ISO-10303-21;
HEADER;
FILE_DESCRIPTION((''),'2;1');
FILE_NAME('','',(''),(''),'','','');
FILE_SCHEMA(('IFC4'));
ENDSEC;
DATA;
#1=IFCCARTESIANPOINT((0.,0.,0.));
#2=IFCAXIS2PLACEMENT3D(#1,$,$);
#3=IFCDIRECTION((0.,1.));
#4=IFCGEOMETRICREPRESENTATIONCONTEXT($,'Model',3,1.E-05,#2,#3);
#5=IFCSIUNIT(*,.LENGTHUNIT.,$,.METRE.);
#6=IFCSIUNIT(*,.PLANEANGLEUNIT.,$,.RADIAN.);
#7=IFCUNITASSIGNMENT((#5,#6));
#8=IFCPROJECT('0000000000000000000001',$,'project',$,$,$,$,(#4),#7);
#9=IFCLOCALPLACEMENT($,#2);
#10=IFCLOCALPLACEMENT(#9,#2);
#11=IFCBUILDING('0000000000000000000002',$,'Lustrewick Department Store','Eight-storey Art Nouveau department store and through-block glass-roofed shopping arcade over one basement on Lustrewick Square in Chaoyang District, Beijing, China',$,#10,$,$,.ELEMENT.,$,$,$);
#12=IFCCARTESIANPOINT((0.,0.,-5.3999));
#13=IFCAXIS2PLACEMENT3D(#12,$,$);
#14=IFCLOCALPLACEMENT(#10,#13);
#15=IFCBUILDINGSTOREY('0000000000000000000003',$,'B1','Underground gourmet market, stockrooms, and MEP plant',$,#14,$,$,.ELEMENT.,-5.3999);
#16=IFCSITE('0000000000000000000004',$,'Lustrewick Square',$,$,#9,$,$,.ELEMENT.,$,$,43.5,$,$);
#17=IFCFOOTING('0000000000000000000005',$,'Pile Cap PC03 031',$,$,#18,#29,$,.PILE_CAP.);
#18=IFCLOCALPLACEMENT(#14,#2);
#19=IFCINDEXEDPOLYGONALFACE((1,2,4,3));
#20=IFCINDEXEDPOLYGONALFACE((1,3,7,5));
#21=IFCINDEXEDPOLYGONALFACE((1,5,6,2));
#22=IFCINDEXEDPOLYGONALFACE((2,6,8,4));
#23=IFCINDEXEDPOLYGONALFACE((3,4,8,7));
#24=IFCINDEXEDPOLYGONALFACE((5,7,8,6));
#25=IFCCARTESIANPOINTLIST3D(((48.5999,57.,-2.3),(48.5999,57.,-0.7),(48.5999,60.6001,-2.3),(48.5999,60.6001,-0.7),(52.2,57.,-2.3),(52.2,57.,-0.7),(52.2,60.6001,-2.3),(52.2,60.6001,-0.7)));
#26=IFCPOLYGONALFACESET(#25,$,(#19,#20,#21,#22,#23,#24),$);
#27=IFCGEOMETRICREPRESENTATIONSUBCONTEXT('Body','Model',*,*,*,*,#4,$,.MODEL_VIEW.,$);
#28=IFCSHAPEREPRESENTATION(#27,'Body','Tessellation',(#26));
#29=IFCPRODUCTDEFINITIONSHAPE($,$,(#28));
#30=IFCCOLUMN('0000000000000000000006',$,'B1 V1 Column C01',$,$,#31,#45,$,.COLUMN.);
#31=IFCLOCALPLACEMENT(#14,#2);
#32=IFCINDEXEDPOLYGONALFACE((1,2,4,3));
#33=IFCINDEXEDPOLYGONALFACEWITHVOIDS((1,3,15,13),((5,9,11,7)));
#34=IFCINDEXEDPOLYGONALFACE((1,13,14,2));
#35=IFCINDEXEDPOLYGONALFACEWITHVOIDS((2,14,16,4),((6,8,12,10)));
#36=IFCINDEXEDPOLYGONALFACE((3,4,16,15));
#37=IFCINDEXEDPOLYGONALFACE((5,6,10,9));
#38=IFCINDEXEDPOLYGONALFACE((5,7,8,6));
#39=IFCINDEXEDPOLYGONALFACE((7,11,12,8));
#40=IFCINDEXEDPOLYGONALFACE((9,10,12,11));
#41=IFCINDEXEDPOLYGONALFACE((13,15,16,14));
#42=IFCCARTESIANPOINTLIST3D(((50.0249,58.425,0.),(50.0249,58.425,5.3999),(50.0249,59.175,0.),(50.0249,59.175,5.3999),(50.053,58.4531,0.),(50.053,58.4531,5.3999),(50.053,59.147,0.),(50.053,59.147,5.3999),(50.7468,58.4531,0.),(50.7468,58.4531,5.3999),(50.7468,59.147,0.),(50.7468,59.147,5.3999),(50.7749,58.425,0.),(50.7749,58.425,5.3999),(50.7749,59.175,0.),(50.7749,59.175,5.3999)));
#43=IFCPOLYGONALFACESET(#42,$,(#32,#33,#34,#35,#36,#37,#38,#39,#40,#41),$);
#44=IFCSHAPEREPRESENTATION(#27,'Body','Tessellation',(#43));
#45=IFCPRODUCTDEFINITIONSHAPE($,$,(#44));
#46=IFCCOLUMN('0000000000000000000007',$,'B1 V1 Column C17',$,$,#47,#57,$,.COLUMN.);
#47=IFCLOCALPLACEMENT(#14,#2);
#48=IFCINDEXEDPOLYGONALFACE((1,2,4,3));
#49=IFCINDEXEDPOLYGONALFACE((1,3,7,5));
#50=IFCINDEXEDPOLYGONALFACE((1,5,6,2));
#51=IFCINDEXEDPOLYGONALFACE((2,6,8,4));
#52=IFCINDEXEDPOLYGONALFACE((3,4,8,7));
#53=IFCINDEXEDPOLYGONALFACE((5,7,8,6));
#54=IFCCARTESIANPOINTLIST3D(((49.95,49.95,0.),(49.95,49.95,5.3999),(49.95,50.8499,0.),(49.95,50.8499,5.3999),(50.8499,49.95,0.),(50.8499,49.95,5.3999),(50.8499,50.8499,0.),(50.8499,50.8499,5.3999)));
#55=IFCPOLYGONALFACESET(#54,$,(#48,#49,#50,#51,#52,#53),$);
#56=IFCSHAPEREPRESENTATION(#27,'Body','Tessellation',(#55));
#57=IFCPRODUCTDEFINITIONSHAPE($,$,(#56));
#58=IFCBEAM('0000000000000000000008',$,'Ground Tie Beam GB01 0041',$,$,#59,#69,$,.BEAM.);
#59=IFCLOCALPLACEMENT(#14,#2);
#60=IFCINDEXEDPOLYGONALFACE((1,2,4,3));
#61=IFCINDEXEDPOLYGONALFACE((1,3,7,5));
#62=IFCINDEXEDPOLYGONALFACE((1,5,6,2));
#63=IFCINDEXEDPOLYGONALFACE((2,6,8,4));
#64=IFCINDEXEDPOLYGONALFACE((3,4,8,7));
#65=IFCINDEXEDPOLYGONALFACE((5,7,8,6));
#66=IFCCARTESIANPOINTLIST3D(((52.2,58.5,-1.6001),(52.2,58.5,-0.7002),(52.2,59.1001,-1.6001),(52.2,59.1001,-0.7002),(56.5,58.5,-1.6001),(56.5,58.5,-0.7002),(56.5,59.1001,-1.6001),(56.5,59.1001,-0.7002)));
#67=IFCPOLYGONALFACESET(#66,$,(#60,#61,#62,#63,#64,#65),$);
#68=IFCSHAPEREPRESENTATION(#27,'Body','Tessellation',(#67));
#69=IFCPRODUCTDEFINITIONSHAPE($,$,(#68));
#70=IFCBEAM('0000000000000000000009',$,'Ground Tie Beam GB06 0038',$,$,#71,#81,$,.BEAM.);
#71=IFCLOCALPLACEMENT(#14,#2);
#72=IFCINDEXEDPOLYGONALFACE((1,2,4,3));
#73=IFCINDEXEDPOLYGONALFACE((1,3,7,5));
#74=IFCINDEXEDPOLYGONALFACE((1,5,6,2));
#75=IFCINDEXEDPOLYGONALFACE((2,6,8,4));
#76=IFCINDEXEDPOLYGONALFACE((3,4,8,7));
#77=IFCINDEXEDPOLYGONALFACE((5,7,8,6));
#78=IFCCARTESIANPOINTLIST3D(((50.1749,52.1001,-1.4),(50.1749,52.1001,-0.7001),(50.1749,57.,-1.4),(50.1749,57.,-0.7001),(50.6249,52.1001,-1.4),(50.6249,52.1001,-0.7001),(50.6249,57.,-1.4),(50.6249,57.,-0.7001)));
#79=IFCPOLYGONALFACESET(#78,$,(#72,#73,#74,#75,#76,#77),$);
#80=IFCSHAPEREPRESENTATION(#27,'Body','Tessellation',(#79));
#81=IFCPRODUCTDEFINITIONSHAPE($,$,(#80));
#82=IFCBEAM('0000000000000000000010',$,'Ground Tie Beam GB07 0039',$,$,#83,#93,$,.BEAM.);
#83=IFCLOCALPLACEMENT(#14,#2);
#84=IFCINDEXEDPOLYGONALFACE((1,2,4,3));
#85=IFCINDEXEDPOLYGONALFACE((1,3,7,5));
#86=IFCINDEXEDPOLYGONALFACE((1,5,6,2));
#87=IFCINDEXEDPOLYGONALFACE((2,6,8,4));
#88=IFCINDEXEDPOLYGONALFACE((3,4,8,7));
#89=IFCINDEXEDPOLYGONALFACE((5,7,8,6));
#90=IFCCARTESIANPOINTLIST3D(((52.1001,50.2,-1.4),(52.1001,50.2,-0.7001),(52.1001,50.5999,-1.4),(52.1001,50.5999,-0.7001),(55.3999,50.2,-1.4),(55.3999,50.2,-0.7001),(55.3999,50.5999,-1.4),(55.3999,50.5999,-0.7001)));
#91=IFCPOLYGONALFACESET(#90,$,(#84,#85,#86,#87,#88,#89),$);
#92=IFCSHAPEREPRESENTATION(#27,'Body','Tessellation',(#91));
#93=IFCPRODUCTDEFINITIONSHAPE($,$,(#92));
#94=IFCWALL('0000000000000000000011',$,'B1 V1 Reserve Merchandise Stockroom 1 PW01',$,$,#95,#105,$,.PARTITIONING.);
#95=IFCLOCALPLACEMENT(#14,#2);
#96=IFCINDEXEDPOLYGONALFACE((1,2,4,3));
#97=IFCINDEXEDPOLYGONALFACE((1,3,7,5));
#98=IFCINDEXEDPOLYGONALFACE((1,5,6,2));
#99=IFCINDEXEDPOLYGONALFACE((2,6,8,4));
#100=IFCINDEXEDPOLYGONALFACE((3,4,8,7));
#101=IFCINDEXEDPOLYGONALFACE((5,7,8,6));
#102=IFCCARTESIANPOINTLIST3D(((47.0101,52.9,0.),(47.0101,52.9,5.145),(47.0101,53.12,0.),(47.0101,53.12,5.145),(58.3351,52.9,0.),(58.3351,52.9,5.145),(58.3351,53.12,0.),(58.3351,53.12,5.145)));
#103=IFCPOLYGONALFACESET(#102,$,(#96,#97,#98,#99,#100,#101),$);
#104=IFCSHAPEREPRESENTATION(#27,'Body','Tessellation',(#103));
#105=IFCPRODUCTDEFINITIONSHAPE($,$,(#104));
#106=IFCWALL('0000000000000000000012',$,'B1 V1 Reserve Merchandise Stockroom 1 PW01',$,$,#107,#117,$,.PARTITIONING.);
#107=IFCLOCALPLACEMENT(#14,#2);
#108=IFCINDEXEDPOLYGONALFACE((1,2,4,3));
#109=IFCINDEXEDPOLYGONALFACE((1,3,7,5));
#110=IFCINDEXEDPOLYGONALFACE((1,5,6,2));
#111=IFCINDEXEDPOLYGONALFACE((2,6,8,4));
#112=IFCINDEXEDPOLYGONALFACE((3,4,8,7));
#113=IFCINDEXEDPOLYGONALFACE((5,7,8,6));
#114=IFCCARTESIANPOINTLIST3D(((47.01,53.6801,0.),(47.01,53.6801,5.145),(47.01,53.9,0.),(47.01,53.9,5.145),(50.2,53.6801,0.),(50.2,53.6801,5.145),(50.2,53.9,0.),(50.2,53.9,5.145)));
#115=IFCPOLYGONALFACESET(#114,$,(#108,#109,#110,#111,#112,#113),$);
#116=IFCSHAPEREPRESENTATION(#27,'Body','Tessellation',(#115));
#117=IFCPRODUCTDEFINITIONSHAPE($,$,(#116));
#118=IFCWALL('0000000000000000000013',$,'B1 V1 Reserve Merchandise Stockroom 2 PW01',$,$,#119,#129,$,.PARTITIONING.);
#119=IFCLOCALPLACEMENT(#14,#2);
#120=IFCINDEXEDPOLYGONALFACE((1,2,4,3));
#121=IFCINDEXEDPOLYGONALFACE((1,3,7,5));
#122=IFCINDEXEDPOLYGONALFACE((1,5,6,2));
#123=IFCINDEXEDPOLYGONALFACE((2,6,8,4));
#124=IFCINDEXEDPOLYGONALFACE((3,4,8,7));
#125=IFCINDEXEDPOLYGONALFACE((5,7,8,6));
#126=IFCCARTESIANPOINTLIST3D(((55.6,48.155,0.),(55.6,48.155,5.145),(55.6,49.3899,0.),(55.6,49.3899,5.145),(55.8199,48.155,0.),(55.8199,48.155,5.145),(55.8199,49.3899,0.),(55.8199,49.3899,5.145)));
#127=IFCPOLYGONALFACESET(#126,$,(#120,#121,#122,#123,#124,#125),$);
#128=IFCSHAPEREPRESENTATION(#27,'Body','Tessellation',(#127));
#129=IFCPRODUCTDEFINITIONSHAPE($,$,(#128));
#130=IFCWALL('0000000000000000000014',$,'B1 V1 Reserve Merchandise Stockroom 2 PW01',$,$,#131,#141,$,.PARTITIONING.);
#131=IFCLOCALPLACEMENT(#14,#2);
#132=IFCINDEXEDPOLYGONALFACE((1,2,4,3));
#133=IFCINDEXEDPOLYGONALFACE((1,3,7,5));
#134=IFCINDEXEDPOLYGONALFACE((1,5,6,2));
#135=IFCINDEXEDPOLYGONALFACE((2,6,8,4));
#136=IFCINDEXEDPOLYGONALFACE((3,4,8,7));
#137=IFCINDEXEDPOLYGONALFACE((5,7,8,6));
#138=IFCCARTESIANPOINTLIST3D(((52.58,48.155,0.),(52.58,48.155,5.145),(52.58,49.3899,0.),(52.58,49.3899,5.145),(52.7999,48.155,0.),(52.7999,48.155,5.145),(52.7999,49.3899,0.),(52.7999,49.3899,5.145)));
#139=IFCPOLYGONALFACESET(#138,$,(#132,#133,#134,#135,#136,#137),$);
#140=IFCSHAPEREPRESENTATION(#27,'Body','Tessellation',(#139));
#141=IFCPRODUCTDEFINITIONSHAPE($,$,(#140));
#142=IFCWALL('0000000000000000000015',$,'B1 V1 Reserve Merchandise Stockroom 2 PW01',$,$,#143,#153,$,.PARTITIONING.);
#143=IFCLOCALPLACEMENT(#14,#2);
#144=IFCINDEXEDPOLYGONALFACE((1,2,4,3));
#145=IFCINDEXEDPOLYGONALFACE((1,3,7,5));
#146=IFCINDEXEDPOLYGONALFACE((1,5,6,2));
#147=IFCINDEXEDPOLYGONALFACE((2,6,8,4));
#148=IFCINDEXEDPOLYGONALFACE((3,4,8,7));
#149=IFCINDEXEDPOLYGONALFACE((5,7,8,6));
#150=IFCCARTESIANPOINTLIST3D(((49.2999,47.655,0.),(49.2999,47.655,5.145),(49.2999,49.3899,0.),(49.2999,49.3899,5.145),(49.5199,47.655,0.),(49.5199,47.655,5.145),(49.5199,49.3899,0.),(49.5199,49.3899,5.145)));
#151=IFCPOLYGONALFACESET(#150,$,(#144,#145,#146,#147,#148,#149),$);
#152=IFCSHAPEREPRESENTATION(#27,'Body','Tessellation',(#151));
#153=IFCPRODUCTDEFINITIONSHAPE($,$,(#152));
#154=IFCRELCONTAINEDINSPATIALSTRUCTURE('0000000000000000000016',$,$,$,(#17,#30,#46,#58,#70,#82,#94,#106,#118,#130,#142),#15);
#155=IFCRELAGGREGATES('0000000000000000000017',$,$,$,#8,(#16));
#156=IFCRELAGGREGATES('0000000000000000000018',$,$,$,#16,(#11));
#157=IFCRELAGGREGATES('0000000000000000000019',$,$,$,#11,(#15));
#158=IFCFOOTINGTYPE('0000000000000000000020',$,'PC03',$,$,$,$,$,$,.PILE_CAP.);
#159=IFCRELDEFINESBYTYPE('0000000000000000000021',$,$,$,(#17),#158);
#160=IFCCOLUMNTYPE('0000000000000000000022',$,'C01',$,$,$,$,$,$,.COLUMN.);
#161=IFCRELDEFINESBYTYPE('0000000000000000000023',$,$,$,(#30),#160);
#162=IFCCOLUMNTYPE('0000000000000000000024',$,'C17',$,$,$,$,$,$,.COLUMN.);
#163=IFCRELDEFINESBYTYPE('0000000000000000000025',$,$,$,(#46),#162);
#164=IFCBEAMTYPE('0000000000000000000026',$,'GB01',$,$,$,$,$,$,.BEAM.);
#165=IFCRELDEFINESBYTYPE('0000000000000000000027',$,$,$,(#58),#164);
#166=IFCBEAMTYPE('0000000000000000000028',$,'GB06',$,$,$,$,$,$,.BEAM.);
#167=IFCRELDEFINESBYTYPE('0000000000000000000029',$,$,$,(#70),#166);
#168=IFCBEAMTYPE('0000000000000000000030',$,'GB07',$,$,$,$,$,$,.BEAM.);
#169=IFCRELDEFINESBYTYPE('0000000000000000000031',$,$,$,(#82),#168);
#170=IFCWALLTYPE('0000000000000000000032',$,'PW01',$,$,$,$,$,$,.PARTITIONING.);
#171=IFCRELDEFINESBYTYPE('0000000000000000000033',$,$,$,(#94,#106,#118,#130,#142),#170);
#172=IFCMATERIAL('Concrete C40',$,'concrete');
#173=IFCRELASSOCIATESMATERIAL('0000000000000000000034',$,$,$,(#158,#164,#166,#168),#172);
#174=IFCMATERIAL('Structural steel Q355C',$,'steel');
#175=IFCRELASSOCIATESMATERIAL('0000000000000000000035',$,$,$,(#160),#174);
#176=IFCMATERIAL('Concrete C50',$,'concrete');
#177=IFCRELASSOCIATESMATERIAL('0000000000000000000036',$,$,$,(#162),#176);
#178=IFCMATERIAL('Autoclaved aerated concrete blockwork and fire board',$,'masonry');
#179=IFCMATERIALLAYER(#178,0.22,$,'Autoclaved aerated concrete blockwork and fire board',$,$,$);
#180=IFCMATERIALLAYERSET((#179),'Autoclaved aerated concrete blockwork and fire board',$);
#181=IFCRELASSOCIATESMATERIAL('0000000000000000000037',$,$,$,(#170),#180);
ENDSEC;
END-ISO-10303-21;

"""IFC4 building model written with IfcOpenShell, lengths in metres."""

from ifc_helpers import new_model, si_unit, direction, frame, frame_2d, origin, origin_2d, place, context, subcontext, project, spatial, rectangle, hollow_rectangle, extrude, material, layer, layer_set, material_profile, profile_set, type_object, element, save


model = new_model("IFC4")

# Units and contexts
model_context = context("Model", 3, precision=1e-05, world=origin(), true_north=direction((0.0, 1.0)))
body_context = subcontext(model_context, "Body", "Model", "MODEL_VIEW")
ifc_project = project(units=[si_unit("LENGTHUNIT", "METRE"), si_unit("PLANEANGLEUNIT", "RADIAN")], contexts=[model_context])

# Site, building, storey
site_placement = place(None, origin())
site = spatial("IfcSite", under=ifc_project, at=site_placement, Name="Lustrewick Square", CompositionType="ELEMENT", RefElevation=43.5)
building_placement = place(site_placement, origin())
building = spatial("IfcBuilding", under=site, at=building_placement, Name="Lustrewick Department Store", Description="Eight-storey Art Nouveau department store and through-block glass-roofed shopping arcade over one basement on Lustrewick Square in Chaoyang District, Beijing, China", CompositionType="ELEMENT")
storey_placement = place(building_placement, frame((0.0, 0.0, -5.3999)))
storey = spatial("IfcBuildingStorey", under=building, at=storey_placement, Name="B1", Description="Underground gourmet market, stockrooms, and MEP plant", CompositionType="ELEMENT", Elevation=-5.3999)

# Shared definitions
ifc_material_1 = material(Name="Concrete C40", Category="concrete")

# Footing
footing_type_1 = type_object("IfcFootingType", Name="PC03", PredefinedType="PILE_CAP", material=ifc_material_1)
footing_1_placement = place(storey_placement, frame((50.3999, 58.8, -2.3), z_axis=(0.0, 0.0, 1.0), x_axis=(1.0, 0.0, 0.0)))
element("IfcFooting", 1, at=footing_1_placement, inside=storey, type_object=footing_type_1, Name="Pile Cap PC03 031", PredefinedType="PILE_CAP", context=body_context, shape_type="SweptSolid", body=[
    extrude(rectangle(XDim=3.6001, YDim=3.6001, at=origin_2d()), origin(), (0.0, 0.0, 1.0), 1.6001),
])

# Columns
ifc_material_2 = material(Name="Structural steel Q355C", Category="steel")
ifc_material_profile_1 = material_profile(ifc_material_2, hollow_rectangle(XDim=0.75, YDim=0.75, WallThickness=0.0281, at=origin_2d()), Name="BOX 750x750x28")
ifc_profile_set_1 = profile_set([ifc_material_profile_1], Name="Structural steel Q355C")
column_type_1 = type_object("IfcColumnType", Name="C01", PredefinedType="COLUMN", material=ifc_profile_set_1)
column_1_placement = place(storey_placement, frame((50.3999, 58.8, 0.0), z_axis=(0.0, 0.0, 1.0), x_axis=(1.0, 0.0, 0.0)))
element("IfcColumn", 2, at=column_1_placement, inside=storey, type_object=column_type_1, Name="B1 V1 Column C01", PredefinedType="COLUMN", context=body_context, shape_type="SweptSolid", body=[
    extrude(hollow_rectangle(XDim=0.75, YDim=0.75, WallThickness=0.0281, at=origin_2d()), origin(), (0.0, 0.0, 1.0), 5.3999),
])
ifc_material_3 = material(Name="Concrete C50", Category="concrete")
ifc_material_profile_2 = material_profile(ifc_material_3, rectangle(XDim=0.8999, YDim=0.8999, at=origin_2d()), Name="RC 900x900")
ifc_profile_set_2 = profile_set([ifc_material_profile_2], Name="Concrete C50")
column_type_2 = type_object("IfcColumnType", Name="C17", PredefinedType="COLUMN", material=ifc_profile_set_2)
column_2_placement = place(storey_placement, frame((50.3999, 50.3999, 0.0), z_axis=(0.0, 0.0, 1.0), x_axis=(1.0, 0.0, 0.0)))
element("IfcColumn", 3, at=column_2_placement, inside=storey, type_object=column_type_2, Name="B1 V1 Column C17", PredefinedType="COLUMN", context=body_context, shape_type="SweptSolid", body=[
    extrude(rectangle(XDim=0.8999, YDim=0.8999, at=origin_2d()), origin(), (0.0, 0.0, 1.0), 5.3999),
])

# Beams
ifc_material_profile_3 = material_profile(ifc_material_1, rectangle(XDim=0.6001, YDim=0.8999, at=origin_2d()), Name="RC 600x900")
ifc_profile_set_3 = profile_set([ifc_material_profile_3], Name="Concrete C40")
beam_type_1 = type_object("IfcBeamType", Name="GB01", PredefinedType="BEAM", material=ifc_profile_set_3)
beam_1_placement = place(storey_placement, frame((52.2, 58.8, -1.1501), z_axis=(1.0, 0.0, 0.0), x_axis=(0.0, 1.0, 0.0)))
element("IfcBeam", 4, at=beam_1_placement, inside=storey, type_object=beam_type_1, Name="Ground Tie Beam GB01 0041", PredefinedType="BEAM", context=body_context, shape_type="SweptSolid", body=[
    extrude(rectangle(XDim=0.6001, YDim=0.8999, at=origin_2d()), origin(), (0.0, 0.0, 1.0), 4.3),
])
ifc_material_profile_4 = material_profile(ifc_material_1, rectangle(XDim=0.45, YDim=0.7, at=origin_2d()), Name="RC 450x700")
ifc_profile_set_4 = profile_set([ifc_material_profile_4], Name="Concrete C40")
beam_type_2 = type_object("IfcBeamType", Name="GB06", PredefinedType="BEAM", material=ifc_profile_set_4)
beam_2_placement = place(storey_placement, frame((50.3999, 52.1001, -1.05), z_axis=(0.0, 1.0, 0.0), x_axis=(-1.0, 0.0, 0.0)))
element("IfcBeam", 5, at=beam_2_placement, inside=storey, type_object=beam_type_2, Name="Ground Tie Beam GB06 0038", PredefinedType="BEAM", context=body_context, shape_type="SweptSolid", body=[
    extrude(rectangle(XDim=0.45, YDim=0.7, at=origin_2d()), origin(), (0.0, 0.0, 1.0), 4.8999),
])
ifc_material_profile_5 = material_profile(ifc_material_1, rectangle(XDim=0.3999, YDim=0.7, at=origin_2d()), Name="RC 400x700")
ifc_profile_set_5 = profile_set([ifc_material_profile_5], Name="Concrete C40")
beam_type_3 = type_object("IfcBeamType", Name="GB07", PredefinedType="BEAM", material=ifc_profile_set_5)
beam_3_placement = place(storey_placement, frame((52.1001, 50.3999, -1.05), z_axis=(1.0, 0.0, 0.0), x_axis=(0.0, 1.0, 0.0)))
element("IfcBeam", 6, at=beam_3_placement, inside=storey, type_object=beam_type_3, Name="Ground Tie Beam GB07 0039", PredefinedType="BEAM", context=body_context, shape_type="SweptSolid", body=[
    extrude(rectangle(XDim=0.3999, YDim=0.7, at=origin_2d()), origin(), (0.0, 0.0, 1.0), 3.2998),
])

# Walls
ifc_material_4 = material(Name="Autoclaved aerated concrete blockwork and fire board", Category="masonry")
ifc_layer_1 = layer(ifc_material_4, 0.22, Name="Autoclaved aerated concrete blockwork and fire board")
ifc_layer_set_1 = layer_set([ifc_layer_1], Name="Autoclaved aerated concrete blockwork and fire board")
wall_type_1 = type_object("IfcWallType", Name="PW01", PredefinedType="PARTITIONING", material=ifc_layer_set_1)
wall_1_placement = place(storey_placement, frame((47.01, 53.01, 0.0), z_axis=(0.0, 0.0, 1.0), x_axis=(1.0, 0.0, 0.0)))
element("IfcWall", 7, at=wall_1_placement, inside=storey, type_object=wall_type_1, Name="B1 V1 Reserve Merchandise Stockroom 1 PW01", PredefinedType="PARTITIONING", context=body_context, shape_type="SweptSolid", body=[
    extrude(rectangle(XDim=11.325, YDim=0.22, at=frame_2d((5.6626, 0.0))), origin(), (0.0, 0.0, 1.0), 5.145),
])
wall_2_placement = place(storey_placement, frame((50.2, 53.79, 0.0), z_axis=(0.0, 0.0, 1.0), x_axis=(-1.0, 0.0, 0.0)))
element("IfcWall", 8, at=wall_2_placement, inside=storey, type_object=wall_type_1, Name="B1 V1 Reserve Merchandise Stockroom 1 PW01", PredefinedType="PARTITIONING", context=body_context, shape_type="SweptSolid", body=[
    extrude(rectangle(XDim=3.1899, YDim=0.22, at=frame_2d((1.595, 0.0))), origin(), (0.0, 0.0, 1.0), 5.145),
])
for number, where, z_axis, x_axis, name in (
    (9, (55.71, 49.3899, 0.0), (0.0, 0.0, 1.0), (0.0, -1.0, 0.0), "B1 V1 Reserve Merchandise Stockroom 2 PW01"),
    (10, (52.6899, 48.155, 0.0), (0.0, 0.0, 1.0), (0.0, 1.0, 0.0), "B1 V1 Reserve Merchandise Stockroom 2 PW01"),
):
    element("IfcWall", number, at=place(storey_placement, frame(where, z_axis=z_axis, x_axis=x_axis)), inside=storey, type_object=wall_type_1, Name=name, PredefinedType="PARTITIONING", context=body_context, shape_type="SweptSolid", body=[
        extrude(rectangle(XDim=1.2349, YDim=0.22, at=frame_2d((0.6174, 0.0))), origin(), (0.0, 0.0, 1.0), 5.145),
    ])
wall_3_placement = place(storey_placement, frame((49.4099, 49.3899, 0.0), z_axis=(0.0, 0.0, 1.0), x_axis=(0.0, -1.0, 0.0)))
element("IfcWall", 11, at=wall_3_placement, inside=storey, type_object=wall_type_1, Name="B1 V1 Reserve Merchandise Stockroom 2 PW01", PredefinedType="PARTITIONING", context=body_context, shape_type="SweptSolid", body=[
    extrude(rectangle(XDim=1.7349, YDim=0.22, at=frame_2d((0.8674, 0.0))), origin(), (0.0, 0.0, 1.0), 5.145),
])

save(model, "model.ifc")
